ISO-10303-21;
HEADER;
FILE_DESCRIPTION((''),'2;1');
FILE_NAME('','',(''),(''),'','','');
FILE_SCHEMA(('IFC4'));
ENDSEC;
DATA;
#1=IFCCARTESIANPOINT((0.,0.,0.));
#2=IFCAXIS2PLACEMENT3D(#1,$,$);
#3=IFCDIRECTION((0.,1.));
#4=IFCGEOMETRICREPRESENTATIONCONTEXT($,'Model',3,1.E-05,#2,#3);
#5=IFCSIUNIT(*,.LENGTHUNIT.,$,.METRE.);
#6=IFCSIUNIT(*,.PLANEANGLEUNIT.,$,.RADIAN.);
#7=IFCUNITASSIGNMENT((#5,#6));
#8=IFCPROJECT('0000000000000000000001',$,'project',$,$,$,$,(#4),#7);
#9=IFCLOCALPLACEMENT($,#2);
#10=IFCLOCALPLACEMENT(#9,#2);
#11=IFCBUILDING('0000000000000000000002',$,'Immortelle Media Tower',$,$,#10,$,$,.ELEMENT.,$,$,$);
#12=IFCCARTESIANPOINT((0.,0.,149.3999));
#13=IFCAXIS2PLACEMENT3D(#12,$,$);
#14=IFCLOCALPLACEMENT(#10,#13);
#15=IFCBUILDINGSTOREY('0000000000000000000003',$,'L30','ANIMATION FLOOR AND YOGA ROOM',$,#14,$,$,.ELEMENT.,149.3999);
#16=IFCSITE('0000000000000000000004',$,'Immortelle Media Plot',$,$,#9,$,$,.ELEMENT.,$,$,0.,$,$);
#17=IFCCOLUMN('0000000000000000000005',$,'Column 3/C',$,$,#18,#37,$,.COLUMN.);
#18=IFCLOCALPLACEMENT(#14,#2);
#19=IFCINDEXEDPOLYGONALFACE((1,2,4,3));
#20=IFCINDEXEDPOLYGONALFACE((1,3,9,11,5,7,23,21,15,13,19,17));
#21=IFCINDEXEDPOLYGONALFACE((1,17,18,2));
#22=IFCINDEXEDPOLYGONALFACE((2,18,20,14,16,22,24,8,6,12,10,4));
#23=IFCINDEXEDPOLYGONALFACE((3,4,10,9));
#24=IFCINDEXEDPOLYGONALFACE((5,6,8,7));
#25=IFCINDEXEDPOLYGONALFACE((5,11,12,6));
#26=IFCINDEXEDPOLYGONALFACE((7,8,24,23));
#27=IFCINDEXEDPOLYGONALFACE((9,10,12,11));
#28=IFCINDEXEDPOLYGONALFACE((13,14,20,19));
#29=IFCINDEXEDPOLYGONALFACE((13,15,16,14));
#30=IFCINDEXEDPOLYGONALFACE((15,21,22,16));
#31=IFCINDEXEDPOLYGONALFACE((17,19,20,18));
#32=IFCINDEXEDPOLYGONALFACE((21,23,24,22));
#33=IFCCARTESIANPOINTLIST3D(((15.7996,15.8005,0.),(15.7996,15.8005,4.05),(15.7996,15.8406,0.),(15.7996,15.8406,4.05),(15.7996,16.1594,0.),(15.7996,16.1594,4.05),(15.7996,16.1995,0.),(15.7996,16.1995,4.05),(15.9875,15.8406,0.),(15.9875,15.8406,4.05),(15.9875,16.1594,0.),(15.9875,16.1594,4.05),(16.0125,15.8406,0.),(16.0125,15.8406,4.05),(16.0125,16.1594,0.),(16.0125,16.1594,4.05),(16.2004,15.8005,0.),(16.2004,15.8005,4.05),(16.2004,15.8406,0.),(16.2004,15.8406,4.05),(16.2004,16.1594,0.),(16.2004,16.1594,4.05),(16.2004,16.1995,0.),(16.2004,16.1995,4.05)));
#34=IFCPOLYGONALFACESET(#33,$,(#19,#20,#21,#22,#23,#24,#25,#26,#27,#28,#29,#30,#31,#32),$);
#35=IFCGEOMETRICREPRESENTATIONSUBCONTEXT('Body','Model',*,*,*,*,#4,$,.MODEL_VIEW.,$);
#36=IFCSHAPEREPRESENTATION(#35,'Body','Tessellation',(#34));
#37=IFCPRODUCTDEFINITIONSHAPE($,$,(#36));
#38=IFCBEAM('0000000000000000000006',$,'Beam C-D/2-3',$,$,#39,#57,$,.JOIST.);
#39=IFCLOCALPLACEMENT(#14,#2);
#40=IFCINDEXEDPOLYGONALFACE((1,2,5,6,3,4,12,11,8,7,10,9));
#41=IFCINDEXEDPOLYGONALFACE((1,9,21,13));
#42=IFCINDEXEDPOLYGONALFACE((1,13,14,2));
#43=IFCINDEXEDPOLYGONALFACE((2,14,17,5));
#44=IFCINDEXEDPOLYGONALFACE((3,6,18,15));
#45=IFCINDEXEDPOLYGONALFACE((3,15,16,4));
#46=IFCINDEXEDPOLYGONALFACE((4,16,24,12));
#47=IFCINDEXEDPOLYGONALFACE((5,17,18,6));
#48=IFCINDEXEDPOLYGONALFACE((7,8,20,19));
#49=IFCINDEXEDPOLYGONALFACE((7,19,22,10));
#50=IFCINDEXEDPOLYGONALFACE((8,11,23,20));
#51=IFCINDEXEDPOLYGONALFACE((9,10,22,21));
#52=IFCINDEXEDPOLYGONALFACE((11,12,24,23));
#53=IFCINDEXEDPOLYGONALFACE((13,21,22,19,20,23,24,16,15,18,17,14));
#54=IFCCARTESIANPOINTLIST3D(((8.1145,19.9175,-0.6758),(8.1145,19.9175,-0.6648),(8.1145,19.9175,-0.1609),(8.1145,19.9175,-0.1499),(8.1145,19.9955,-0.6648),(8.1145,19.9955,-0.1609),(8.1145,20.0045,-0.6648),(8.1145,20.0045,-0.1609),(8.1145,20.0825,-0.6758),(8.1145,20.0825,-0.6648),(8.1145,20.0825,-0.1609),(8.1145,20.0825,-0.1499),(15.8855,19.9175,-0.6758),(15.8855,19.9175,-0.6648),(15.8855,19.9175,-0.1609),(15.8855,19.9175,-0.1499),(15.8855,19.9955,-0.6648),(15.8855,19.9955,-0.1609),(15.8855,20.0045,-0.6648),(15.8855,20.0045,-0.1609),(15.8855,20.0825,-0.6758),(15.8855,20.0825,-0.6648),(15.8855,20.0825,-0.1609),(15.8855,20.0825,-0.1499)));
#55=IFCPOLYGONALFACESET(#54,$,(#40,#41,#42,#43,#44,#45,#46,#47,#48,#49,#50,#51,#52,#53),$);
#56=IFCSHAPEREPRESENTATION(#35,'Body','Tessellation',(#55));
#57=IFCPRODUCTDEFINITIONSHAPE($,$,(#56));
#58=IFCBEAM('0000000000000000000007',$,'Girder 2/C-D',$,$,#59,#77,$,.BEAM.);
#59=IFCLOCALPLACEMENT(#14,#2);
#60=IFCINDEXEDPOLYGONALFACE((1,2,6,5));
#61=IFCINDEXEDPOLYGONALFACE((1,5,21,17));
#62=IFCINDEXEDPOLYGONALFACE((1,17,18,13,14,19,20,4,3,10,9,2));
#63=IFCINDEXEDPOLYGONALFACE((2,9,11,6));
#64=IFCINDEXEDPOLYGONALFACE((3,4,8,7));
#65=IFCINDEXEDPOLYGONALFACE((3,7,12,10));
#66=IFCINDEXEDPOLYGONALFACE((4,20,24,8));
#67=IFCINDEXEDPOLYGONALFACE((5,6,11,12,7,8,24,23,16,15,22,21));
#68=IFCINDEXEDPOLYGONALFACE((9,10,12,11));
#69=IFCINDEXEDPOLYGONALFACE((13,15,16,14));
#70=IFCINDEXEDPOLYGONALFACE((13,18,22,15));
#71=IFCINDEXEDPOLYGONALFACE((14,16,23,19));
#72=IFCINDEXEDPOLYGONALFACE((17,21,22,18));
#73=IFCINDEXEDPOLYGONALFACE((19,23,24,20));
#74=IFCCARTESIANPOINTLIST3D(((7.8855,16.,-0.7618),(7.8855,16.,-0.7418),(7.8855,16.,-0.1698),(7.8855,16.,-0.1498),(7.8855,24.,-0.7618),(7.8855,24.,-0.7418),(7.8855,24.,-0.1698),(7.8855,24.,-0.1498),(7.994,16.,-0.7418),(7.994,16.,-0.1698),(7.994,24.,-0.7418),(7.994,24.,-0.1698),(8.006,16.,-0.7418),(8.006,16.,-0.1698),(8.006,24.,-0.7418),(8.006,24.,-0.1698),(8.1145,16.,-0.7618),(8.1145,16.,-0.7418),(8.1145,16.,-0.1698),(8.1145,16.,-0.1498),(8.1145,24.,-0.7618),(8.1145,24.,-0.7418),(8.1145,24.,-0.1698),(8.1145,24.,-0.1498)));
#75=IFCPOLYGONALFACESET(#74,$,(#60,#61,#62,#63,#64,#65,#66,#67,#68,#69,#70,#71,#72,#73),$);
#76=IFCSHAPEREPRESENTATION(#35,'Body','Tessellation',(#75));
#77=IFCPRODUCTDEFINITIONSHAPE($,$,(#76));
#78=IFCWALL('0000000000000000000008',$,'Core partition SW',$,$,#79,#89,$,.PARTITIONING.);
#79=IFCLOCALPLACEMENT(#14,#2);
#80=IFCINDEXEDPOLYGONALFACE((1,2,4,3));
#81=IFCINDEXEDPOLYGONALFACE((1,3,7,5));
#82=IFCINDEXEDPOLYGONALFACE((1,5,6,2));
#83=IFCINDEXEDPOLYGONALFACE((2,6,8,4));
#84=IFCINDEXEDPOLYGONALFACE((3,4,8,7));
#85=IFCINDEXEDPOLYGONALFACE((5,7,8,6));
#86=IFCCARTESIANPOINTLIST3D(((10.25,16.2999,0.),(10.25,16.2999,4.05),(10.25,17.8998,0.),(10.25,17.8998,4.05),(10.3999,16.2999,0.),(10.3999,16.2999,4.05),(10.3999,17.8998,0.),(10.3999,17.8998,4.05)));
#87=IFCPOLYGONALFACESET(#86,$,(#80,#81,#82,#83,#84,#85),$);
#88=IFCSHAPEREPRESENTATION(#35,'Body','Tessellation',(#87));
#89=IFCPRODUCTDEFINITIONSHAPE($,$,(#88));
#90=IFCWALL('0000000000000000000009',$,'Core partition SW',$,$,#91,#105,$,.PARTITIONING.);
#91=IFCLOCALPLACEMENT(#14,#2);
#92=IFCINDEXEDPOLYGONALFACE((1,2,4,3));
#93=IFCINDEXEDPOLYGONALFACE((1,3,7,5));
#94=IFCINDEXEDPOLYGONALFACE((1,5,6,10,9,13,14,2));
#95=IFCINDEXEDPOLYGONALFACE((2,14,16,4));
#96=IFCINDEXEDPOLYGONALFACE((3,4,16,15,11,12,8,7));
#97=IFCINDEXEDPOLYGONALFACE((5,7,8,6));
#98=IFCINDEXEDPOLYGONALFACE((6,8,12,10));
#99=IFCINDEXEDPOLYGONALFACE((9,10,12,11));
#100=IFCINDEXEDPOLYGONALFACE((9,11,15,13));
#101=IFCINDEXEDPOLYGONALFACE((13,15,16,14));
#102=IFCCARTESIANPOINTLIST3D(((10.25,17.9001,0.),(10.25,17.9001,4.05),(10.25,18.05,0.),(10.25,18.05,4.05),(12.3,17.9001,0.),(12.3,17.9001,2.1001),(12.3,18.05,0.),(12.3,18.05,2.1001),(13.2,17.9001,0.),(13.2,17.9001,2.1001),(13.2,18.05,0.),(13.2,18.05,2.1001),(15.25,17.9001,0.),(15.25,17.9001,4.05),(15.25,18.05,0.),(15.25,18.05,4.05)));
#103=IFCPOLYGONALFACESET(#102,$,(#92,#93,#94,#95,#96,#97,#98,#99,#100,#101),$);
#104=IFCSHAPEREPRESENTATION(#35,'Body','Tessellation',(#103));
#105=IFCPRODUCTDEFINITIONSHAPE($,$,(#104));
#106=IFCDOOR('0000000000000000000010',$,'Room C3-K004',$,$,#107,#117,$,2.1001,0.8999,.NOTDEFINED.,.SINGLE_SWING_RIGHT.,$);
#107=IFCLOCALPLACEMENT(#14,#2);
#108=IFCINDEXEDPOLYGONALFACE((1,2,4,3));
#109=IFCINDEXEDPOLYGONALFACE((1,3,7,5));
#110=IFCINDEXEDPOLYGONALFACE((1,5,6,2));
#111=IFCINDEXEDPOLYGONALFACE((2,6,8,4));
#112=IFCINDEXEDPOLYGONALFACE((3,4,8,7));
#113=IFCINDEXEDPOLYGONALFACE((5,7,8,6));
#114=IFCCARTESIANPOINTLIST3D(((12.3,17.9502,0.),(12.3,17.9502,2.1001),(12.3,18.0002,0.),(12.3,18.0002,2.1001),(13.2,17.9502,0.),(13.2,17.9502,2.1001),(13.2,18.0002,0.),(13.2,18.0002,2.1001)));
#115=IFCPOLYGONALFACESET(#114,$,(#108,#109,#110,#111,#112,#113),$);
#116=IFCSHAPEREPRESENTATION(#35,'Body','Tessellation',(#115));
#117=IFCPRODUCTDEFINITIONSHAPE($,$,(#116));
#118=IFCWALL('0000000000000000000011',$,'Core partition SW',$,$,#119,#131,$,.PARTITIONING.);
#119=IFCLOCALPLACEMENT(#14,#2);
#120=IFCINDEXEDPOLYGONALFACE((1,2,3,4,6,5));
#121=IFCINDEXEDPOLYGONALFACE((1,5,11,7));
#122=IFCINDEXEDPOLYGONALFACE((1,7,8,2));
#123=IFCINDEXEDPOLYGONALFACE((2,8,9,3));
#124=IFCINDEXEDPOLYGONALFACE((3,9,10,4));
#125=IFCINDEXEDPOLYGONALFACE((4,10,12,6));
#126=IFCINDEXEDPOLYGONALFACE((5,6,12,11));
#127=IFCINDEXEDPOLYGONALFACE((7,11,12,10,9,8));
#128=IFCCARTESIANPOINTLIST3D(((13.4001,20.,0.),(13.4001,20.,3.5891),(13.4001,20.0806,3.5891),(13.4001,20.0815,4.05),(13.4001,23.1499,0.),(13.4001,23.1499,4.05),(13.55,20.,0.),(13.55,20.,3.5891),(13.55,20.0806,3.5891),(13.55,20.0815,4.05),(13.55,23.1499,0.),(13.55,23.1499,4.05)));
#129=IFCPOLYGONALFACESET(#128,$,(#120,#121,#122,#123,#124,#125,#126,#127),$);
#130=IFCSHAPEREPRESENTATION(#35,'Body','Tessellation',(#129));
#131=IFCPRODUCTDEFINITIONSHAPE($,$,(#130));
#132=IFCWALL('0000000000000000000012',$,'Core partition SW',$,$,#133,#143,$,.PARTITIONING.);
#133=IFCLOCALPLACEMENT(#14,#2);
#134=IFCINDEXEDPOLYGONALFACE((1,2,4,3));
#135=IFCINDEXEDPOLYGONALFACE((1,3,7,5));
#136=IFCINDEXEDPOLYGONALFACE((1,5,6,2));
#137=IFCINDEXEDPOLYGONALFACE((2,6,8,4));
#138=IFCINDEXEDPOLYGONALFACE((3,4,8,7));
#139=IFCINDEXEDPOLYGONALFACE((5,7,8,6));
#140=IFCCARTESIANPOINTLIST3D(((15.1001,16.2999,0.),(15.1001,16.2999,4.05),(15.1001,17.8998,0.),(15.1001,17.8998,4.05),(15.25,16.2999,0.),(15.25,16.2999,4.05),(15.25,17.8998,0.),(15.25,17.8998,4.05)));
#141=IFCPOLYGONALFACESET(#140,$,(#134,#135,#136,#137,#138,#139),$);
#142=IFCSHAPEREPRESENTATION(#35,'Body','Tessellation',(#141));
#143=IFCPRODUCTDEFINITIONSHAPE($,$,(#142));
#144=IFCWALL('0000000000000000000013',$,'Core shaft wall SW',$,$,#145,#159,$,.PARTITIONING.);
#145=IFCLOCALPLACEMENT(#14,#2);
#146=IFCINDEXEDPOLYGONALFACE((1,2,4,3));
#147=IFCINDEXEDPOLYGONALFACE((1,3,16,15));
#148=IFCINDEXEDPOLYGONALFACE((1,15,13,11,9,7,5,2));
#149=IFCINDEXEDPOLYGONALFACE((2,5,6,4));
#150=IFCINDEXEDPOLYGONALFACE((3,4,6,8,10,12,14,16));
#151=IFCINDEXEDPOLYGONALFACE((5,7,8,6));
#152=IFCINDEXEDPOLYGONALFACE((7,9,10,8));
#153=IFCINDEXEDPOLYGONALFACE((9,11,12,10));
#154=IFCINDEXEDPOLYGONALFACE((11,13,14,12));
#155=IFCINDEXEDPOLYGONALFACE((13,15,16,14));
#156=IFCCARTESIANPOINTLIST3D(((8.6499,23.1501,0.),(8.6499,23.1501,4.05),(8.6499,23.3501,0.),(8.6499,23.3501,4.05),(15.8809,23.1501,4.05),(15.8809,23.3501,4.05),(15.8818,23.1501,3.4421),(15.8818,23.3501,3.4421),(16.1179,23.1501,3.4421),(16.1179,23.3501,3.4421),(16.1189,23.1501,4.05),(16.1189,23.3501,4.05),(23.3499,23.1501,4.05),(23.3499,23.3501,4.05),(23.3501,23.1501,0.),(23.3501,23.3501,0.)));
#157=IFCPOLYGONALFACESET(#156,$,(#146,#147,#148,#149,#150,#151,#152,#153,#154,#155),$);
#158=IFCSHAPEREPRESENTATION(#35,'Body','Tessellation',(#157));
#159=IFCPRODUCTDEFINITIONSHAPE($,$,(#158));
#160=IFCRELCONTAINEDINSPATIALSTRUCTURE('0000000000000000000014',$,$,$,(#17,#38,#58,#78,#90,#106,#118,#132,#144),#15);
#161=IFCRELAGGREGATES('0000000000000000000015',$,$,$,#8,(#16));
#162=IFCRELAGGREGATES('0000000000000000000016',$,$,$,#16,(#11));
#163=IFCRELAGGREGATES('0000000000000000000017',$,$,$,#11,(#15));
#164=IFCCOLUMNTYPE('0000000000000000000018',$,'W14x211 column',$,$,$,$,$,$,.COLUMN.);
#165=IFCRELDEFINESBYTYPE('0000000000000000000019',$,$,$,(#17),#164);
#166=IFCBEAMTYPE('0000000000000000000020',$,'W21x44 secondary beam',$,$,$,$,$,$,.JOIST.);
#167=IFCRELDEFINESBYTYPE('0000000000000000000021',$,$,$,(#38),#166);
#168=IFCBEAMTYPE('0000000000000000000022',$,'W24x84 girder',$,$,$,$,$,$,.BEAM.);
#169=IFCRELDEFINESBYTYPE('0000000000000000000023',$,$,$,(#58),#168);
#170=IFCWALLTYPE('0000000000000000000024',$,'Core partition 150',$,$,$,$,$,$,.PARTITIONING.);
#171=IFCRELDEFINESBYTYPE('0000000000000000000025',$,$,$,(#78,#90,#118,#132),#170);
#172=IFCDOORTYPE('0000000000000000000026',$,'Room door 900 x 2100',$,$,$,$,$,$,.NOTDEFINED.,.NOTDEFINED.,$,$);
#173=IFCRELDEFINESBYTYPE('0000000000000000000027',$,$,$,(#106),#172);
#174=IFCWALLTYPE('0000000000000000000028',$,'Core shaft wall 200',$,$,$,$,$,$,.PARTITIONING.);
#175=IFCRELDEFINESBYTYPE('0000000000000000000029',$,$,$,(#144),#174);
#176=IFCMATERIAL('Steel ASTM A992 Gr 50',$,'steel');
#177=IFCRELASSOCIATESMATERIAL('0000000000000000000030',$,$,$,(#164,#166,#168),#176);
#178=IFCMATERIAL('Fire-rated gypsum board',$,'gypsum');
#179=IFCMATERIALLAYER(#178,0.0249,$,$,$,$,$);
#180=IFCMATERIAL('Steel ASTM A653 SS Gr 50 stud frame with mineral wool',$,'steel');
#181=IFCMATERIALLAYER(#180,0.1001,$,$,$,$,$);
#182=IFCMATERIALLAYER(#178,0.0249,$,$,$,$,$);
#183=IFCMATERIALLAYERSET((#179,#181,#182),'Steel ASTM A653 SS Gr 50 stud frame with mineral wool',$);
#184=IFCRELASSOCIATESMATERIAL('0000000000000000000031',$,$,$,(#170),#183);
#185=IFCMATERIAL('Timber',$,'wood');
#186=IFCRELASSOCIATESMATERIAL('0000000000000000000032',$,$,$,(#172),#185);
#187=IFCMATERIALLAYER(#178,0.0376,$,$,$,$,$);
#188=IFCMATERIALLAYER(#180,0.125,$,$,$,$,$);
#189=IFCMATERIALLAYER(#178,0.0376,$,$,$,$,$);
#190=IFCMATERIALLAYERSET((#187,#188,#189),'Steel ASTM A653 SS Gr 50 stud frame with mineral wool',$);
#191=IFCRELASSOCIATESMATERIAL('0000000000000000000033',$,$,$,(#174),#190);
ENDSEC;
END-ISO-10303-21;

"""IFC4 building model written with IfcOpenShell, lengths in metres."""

from ifc_helpers import new_model, si_unit, direction, frame, frame_2d, origin, origin_2d, place, context, subcontext, project, spatial, polyline, rectangle, i_section, outline, extrude, material, layer, layer_set, material_profile, profile_set, type_object, element, fill, save


model = new_model("IFC4")

# Units and contexts
model_context = context("Model", 3, precision=1e-05, world=origin(), true_north=direction((0.0, 1.0)))
body_context = subcontext(model_context, "Body", "Model", "MODEL_VIEW")
ifc_project = project(units=[si_unit("LENGTHUNIT", "METRE"), si_unit("PLANEANGLEUNIT", "RADIAN")], contexts=[model_context])

# Site, building, storey
site_placement = place(None, origin())
site = spatial("IfcSite", under=ifc_project, at=site_placement, Name="Immortelle Media Plot", CompositionType="ELEMENT", RefElevation=0.0)
building_placement = place(site_placement, origin())
building = spatial("IfcBuilding", under=site, at=building_placement, Name="Immortelle Media Tower", CompositionType="ELEMENT")
storey_placement = place(building_placement, frame((0.0, 0.0, 149.3999)))
storey = spatial("IfcBuildingStorey", under=building, at=storey_placement, Name="L30", Description="ANIMATION FLOOR AND YOGA ROOM", CompositionType="ELEMENT", Elevation=149.3999)

# Column
ifc_material_1 = material(Name="Steel ASTM A992 Gr 50", Category="steel")
ifc_material_profile_1 = material_profile(ifc_material_1, i_section(OverallWidth=0.4009, OverallDepth=0.3989, WebThickness=0.0249, FlangeThickness=0.04, at=origin_2d()), Name="W14x211")
ifc_profile_set_1 = profile_set([ifc_material_profile_1], Name="Steel ASTM A992 Gr 50")
column_type = type_object("IfcColumnType", Name="W14x211 column", PredefinedType="COLUMN", material=ifc_profile_set_1)
column_placement = place(storey_placement, frame((16.0, 16.0, 0.0), z_axis=(0.0, 0.0, 1.0), x_axis=(1.0, 0.0, 0.0)))
element("IfcColumn", 1, at=column_placement, inside=storey, type_object=column_type, Name="Column 3/C", PredefinedType="COLUMN", context=body_context, shape_type="SweptSolid", body=[
    extrude(i_section(OverallWidth=0.4009, OverallDepth=0.3989, WebThickness=0.0249, FlangeThickness=0.04, at=origin_2d()), origin(), (0.0, 0.0, 1.0), 4.05),
])

# Beams
ifc_material_profile_2 = material_profile(ifc_material_1, i_section(OverallWidth=0.165, OverallDepth=0.5259, WebThickness=0.009, FlangeThickness=0.011, at=origin_2d()), Name="W21x44")
ifc_profile_set_2 = profile_set([ifc_material_profile_2], Name="Steel ASTM A992 Gr 50")
beam_type_1 = type_object("IfcBeamType", Name="W21x44 secondary beam", PredefinedType="JOIST", material=ifc_profile_set_2)
beam_1_placement = place(storey_placement, frame((8.1145, 20.0, -0.4128), z_axis=(1.0, 0.0, 0.0), x_axis=(0.0, 1.0, 0.0)))
element("IfcBeam", 2, at=beam_1_placement, inside=storey, type_object=beam_type_1, Name="Beam C-D/2-3", PredefinedType="JOIST", context=body_context, shape_type="SweptSolid", body=[
    extrude(i_section(OverallWidth=0.165, OverallDepth=0.5259, WebThickness=0.009, FlangeThickness=0.011, at=origin_2d()), origin(), (0.0, 0.0, 1.0), 7.771),
])
ifc_material_profile_3 = material_profile(ifc_material_1, i_section(OverallWidth=0.229, OverallDepth=0.6121, WebThickness=0.012, FlangeThickness=0.02, at=origin_2d()), Name="W24x84")
ifc_profile_set_3 = profile_set([ifc_material_profile_3], Name="Steel ASTM A992 Gr 50")
beam_type_2 = type_object("IfcBeamType", Name="W24x84 girder", PredefinedType="BEAM", material=ifc_profile_set_3)
beam_2_placement = place(storey_placement, frame((8.0, 16.0, -0.4558), z_axis=(0.0, 1.0, 0.0), x_axis=(-1.0, 0.0, 0.0)))
element("IfcBeam", 3, at=beam_2_placement, inside=storey, type_object=beam_type_2, Name="Girder 2/C-D", PredefinedType="BEAM", context=body_context, shape_type="SweptSolid", body=[
    extrude(i_section(OverallWidth=0.229, OverallDepth=0.6121, WebThickness=0.012, FlangeThickness=0.02, at=origin_2d()), origin(), (0.0, 0.0, 1.0), 8.0),
])

# Wall
ifc_material_2 = material(Name="Fire-rated gypsum board", Category="gypsum")
ifc_layer_1 = layer(ifc_material_2, 0.0249)
ifc_material_3 = material(Name="Steel ASTM A653 SS Gr 50 stud frame with mineral wool", Category="steel")
ifc_layer_2 = layer(ifc_material_3, 0.1001)
ifc_layer_3 = layer(ifc_material_2, 0.0249)
ifc_layer_set_1 = layer_set([ifc_layer_1, ifc_layer_2, ifc_layer_3], Name="Steel ASTM A653 SS Gr 50 stud frame with mineral wool")
wall_type_1 = type_object("IfcWallType", Name="Core partition 150", PredefinedType="PARTITIONING", material=ifc_layer_set_1)
wall_1_placement = place(storey_placement, frame((10.325, 16.3, 0.0), z_axis=(0.0, 0.0, 1.0), x_axis=(0.0, 1.0, 0.0)))
element("IfcWall", 4, at=wall_1_placement, inside=storey, type_object=wall_type_1, Name="Core partition SW", PredefinedType="PARTITIONING", context=body_context, shape_type="SweptSolid", body=[
    extrude(rectangle(XDim=1.5999, YDim=0.1499, at=frame_2d((0.7998, 0.0))), origin(), (0.0, 0.0, 1.0), 4.05),
])

# Wall, opening, door
wall_2_placement = place(storey_placement, frame((10.25, 17.9751, 0.0), z_axis=(0.0, 0.0, 1.0), x_axis=(1.0, 0.0, 0.0)))
wall_2 = element("IfcWall", 5, at=wall_2_placement, inside=storey, type_object=wall_type_1, Name="Core partition SW", PredefinedType="PARTITIONING", context=body_context, shape_type="SweptSolid", body=[
    extrude(rectangle(XDim=5.0, YDim=0.1499, at=frame_2d((2.5, 0.0))), origin(), (0.0, 0.0, 1.0), 4.05),
])
opening_1_placement = place(wall_2_placement, frame((2.95, 0.0, 0.0), z_axis=(0.0, 0.0, 1.0), x_axis=(-1.0, 0.0, 0.0)))
opening_1 = element("IfcOpeningElement", 6, at=opening_1_placement, cuts=wall_2, PredefinedType="OPENING", context=body_context, shape_type="SweptSolid", body=[
    extrude(rectangle(XDim=0.8999, YDim=2.1001, at=frame_2d((0.45, 1.05))), frame((0.0, 0.085, 0.0), z_axis=(0.0, -1.0, 0.0), x_axis=(1.0, 0.0, 0.0)), (0.0, 0.0, 1.0), 0.1699),
])
ifc_material_4 = material(Name="Timber", Category="wood")
door_type_1 = type_object("IfcDoorType", Name="Room door 900 x 2100", OperationType="NOTDEFINED", PredefinedType="NOTDEFINED", material=ifc_material_4)
door_1_placement = place(opening_1_placement, origin())
door_1 = element("IfcDoor", 7, at=door_1_placement, inside=storey, type_object=door_type_1, Name="Room C3-K004", OperationType="SINGLE_SWING_RIGHT", OverallHeight=2.1001, OverallWidth=0.8999, PredefinedType="NOTDEFINED", context=body_context, shape_type="SweptSolid", body=[
    extrude(rectangle(XDim=0.8999, YDim=2.1001, at=frame_2d((0.45, 1.05))), frame((0.0, 0.0249, 0.0), z_axis=(0.0, -1.0, 0.0), x_axis=(1.0, 0.0, 0.0)), (0.0, 0.0, 1.0), 0.05),
])
fill(opening_1, door_1)

# Walls
wall_3_placement = place(storey_placement, frame((13.4751, 20.0, 0.0), z_axis=(0.0, 0.0, 1.0), x_axis=(0.0, 1.0, 0.0)))
element("IfcWall", 8, at=wall_3_placement, inside=storey, type_object=wall_type_1, Name="Core partition SW", PredefinedType="PARTITIONING", context=body_context, shape_type="SweptSolid", body=[
    extrude(outline(polyline([(0.0, 0.0), (3.1499, 0.0), (3.1499, 4.05), (0.0815, 4.05), (0.0806, 3.5891), (0.0, 3.5891), (0.0, 0.0)])), frame((0.0, 0.075, 0.0), z_axis=(0.0, -1.0, 0.0), x_axis=(1.0, 0.0, 0.0)), (0.0, 0.0, 1.0), 0.1499),
])
wall_4_placement = place(storey_placement, frame((15.175, 16.3, 0.0), z_axis=(0.0, 0.0, 1.0), x_axis=(0.0, 1.0, 0.0)))
element("IfcWall", 9, at=wall_4_placement, inside=storey, type_object=wall_type_1, Name="Core partition SW", PredefinedType="PARTITIONING", context=body_context, shape_type="SweptSolid", body=[
    extrude(rectangle(XDim=1.5999, YDim=0.1499, at=frame_2d((0.7998, 0.0))), origin(), (0.0, 0.0, 1.0), 4.05),
])
ifc_layer_4 = layer(ifc_material_2, 0.0376)
ifc_layer_5 = layer(ifc_material_3, 0.125)
ifc_layer_6 = layer(ifc_material_2, 0.0376)
ifc_layer_set_2 = layer_set([ifc_layer_4, ifc_layer_5, ifc_layer_6], Name="Steel ASTM A653 SS Gr 50 stud frame with mineral wool")
wall_type_2 = type_object("IfcWallType", Name="Core shaft wall 200", PredefinedType="PARTITIONING", material=ifc_layer_set_2)
wall_5_placement = place(storey_placement, frame((8.6499, 23.25, 0.0), z_axis=(0.0, 0.0, 1.0), x_axis=(1.0, 0.0, 0.0)))
element("IfcWall", 10, at=wall_5_placement, inside=storey, type_object=wall_type_2, Name="Core shaft wall SW", PredefinedType="PARTITIONING", context=body_context, shape_type="SweptSolid", body=[
    extrude(outline(polyline([(0.0, 0.0), (14.7002, 0.0), (14.7, 4.05), (7.469, 4.05), (7.468, 3.4421), (7.2319, 3.4421), (7.231, 4.05), (0.0, 4.05), (0.0, 0.0)])), frame((0.0, 0.1001, 0.0), z_axis=(0.0, -1.0, 0.0), x_axis=(1.0, 0.0, 0.0)), (0.0, 0.0, 1.0), 0.2),
])

save(model, "model.ifc")
